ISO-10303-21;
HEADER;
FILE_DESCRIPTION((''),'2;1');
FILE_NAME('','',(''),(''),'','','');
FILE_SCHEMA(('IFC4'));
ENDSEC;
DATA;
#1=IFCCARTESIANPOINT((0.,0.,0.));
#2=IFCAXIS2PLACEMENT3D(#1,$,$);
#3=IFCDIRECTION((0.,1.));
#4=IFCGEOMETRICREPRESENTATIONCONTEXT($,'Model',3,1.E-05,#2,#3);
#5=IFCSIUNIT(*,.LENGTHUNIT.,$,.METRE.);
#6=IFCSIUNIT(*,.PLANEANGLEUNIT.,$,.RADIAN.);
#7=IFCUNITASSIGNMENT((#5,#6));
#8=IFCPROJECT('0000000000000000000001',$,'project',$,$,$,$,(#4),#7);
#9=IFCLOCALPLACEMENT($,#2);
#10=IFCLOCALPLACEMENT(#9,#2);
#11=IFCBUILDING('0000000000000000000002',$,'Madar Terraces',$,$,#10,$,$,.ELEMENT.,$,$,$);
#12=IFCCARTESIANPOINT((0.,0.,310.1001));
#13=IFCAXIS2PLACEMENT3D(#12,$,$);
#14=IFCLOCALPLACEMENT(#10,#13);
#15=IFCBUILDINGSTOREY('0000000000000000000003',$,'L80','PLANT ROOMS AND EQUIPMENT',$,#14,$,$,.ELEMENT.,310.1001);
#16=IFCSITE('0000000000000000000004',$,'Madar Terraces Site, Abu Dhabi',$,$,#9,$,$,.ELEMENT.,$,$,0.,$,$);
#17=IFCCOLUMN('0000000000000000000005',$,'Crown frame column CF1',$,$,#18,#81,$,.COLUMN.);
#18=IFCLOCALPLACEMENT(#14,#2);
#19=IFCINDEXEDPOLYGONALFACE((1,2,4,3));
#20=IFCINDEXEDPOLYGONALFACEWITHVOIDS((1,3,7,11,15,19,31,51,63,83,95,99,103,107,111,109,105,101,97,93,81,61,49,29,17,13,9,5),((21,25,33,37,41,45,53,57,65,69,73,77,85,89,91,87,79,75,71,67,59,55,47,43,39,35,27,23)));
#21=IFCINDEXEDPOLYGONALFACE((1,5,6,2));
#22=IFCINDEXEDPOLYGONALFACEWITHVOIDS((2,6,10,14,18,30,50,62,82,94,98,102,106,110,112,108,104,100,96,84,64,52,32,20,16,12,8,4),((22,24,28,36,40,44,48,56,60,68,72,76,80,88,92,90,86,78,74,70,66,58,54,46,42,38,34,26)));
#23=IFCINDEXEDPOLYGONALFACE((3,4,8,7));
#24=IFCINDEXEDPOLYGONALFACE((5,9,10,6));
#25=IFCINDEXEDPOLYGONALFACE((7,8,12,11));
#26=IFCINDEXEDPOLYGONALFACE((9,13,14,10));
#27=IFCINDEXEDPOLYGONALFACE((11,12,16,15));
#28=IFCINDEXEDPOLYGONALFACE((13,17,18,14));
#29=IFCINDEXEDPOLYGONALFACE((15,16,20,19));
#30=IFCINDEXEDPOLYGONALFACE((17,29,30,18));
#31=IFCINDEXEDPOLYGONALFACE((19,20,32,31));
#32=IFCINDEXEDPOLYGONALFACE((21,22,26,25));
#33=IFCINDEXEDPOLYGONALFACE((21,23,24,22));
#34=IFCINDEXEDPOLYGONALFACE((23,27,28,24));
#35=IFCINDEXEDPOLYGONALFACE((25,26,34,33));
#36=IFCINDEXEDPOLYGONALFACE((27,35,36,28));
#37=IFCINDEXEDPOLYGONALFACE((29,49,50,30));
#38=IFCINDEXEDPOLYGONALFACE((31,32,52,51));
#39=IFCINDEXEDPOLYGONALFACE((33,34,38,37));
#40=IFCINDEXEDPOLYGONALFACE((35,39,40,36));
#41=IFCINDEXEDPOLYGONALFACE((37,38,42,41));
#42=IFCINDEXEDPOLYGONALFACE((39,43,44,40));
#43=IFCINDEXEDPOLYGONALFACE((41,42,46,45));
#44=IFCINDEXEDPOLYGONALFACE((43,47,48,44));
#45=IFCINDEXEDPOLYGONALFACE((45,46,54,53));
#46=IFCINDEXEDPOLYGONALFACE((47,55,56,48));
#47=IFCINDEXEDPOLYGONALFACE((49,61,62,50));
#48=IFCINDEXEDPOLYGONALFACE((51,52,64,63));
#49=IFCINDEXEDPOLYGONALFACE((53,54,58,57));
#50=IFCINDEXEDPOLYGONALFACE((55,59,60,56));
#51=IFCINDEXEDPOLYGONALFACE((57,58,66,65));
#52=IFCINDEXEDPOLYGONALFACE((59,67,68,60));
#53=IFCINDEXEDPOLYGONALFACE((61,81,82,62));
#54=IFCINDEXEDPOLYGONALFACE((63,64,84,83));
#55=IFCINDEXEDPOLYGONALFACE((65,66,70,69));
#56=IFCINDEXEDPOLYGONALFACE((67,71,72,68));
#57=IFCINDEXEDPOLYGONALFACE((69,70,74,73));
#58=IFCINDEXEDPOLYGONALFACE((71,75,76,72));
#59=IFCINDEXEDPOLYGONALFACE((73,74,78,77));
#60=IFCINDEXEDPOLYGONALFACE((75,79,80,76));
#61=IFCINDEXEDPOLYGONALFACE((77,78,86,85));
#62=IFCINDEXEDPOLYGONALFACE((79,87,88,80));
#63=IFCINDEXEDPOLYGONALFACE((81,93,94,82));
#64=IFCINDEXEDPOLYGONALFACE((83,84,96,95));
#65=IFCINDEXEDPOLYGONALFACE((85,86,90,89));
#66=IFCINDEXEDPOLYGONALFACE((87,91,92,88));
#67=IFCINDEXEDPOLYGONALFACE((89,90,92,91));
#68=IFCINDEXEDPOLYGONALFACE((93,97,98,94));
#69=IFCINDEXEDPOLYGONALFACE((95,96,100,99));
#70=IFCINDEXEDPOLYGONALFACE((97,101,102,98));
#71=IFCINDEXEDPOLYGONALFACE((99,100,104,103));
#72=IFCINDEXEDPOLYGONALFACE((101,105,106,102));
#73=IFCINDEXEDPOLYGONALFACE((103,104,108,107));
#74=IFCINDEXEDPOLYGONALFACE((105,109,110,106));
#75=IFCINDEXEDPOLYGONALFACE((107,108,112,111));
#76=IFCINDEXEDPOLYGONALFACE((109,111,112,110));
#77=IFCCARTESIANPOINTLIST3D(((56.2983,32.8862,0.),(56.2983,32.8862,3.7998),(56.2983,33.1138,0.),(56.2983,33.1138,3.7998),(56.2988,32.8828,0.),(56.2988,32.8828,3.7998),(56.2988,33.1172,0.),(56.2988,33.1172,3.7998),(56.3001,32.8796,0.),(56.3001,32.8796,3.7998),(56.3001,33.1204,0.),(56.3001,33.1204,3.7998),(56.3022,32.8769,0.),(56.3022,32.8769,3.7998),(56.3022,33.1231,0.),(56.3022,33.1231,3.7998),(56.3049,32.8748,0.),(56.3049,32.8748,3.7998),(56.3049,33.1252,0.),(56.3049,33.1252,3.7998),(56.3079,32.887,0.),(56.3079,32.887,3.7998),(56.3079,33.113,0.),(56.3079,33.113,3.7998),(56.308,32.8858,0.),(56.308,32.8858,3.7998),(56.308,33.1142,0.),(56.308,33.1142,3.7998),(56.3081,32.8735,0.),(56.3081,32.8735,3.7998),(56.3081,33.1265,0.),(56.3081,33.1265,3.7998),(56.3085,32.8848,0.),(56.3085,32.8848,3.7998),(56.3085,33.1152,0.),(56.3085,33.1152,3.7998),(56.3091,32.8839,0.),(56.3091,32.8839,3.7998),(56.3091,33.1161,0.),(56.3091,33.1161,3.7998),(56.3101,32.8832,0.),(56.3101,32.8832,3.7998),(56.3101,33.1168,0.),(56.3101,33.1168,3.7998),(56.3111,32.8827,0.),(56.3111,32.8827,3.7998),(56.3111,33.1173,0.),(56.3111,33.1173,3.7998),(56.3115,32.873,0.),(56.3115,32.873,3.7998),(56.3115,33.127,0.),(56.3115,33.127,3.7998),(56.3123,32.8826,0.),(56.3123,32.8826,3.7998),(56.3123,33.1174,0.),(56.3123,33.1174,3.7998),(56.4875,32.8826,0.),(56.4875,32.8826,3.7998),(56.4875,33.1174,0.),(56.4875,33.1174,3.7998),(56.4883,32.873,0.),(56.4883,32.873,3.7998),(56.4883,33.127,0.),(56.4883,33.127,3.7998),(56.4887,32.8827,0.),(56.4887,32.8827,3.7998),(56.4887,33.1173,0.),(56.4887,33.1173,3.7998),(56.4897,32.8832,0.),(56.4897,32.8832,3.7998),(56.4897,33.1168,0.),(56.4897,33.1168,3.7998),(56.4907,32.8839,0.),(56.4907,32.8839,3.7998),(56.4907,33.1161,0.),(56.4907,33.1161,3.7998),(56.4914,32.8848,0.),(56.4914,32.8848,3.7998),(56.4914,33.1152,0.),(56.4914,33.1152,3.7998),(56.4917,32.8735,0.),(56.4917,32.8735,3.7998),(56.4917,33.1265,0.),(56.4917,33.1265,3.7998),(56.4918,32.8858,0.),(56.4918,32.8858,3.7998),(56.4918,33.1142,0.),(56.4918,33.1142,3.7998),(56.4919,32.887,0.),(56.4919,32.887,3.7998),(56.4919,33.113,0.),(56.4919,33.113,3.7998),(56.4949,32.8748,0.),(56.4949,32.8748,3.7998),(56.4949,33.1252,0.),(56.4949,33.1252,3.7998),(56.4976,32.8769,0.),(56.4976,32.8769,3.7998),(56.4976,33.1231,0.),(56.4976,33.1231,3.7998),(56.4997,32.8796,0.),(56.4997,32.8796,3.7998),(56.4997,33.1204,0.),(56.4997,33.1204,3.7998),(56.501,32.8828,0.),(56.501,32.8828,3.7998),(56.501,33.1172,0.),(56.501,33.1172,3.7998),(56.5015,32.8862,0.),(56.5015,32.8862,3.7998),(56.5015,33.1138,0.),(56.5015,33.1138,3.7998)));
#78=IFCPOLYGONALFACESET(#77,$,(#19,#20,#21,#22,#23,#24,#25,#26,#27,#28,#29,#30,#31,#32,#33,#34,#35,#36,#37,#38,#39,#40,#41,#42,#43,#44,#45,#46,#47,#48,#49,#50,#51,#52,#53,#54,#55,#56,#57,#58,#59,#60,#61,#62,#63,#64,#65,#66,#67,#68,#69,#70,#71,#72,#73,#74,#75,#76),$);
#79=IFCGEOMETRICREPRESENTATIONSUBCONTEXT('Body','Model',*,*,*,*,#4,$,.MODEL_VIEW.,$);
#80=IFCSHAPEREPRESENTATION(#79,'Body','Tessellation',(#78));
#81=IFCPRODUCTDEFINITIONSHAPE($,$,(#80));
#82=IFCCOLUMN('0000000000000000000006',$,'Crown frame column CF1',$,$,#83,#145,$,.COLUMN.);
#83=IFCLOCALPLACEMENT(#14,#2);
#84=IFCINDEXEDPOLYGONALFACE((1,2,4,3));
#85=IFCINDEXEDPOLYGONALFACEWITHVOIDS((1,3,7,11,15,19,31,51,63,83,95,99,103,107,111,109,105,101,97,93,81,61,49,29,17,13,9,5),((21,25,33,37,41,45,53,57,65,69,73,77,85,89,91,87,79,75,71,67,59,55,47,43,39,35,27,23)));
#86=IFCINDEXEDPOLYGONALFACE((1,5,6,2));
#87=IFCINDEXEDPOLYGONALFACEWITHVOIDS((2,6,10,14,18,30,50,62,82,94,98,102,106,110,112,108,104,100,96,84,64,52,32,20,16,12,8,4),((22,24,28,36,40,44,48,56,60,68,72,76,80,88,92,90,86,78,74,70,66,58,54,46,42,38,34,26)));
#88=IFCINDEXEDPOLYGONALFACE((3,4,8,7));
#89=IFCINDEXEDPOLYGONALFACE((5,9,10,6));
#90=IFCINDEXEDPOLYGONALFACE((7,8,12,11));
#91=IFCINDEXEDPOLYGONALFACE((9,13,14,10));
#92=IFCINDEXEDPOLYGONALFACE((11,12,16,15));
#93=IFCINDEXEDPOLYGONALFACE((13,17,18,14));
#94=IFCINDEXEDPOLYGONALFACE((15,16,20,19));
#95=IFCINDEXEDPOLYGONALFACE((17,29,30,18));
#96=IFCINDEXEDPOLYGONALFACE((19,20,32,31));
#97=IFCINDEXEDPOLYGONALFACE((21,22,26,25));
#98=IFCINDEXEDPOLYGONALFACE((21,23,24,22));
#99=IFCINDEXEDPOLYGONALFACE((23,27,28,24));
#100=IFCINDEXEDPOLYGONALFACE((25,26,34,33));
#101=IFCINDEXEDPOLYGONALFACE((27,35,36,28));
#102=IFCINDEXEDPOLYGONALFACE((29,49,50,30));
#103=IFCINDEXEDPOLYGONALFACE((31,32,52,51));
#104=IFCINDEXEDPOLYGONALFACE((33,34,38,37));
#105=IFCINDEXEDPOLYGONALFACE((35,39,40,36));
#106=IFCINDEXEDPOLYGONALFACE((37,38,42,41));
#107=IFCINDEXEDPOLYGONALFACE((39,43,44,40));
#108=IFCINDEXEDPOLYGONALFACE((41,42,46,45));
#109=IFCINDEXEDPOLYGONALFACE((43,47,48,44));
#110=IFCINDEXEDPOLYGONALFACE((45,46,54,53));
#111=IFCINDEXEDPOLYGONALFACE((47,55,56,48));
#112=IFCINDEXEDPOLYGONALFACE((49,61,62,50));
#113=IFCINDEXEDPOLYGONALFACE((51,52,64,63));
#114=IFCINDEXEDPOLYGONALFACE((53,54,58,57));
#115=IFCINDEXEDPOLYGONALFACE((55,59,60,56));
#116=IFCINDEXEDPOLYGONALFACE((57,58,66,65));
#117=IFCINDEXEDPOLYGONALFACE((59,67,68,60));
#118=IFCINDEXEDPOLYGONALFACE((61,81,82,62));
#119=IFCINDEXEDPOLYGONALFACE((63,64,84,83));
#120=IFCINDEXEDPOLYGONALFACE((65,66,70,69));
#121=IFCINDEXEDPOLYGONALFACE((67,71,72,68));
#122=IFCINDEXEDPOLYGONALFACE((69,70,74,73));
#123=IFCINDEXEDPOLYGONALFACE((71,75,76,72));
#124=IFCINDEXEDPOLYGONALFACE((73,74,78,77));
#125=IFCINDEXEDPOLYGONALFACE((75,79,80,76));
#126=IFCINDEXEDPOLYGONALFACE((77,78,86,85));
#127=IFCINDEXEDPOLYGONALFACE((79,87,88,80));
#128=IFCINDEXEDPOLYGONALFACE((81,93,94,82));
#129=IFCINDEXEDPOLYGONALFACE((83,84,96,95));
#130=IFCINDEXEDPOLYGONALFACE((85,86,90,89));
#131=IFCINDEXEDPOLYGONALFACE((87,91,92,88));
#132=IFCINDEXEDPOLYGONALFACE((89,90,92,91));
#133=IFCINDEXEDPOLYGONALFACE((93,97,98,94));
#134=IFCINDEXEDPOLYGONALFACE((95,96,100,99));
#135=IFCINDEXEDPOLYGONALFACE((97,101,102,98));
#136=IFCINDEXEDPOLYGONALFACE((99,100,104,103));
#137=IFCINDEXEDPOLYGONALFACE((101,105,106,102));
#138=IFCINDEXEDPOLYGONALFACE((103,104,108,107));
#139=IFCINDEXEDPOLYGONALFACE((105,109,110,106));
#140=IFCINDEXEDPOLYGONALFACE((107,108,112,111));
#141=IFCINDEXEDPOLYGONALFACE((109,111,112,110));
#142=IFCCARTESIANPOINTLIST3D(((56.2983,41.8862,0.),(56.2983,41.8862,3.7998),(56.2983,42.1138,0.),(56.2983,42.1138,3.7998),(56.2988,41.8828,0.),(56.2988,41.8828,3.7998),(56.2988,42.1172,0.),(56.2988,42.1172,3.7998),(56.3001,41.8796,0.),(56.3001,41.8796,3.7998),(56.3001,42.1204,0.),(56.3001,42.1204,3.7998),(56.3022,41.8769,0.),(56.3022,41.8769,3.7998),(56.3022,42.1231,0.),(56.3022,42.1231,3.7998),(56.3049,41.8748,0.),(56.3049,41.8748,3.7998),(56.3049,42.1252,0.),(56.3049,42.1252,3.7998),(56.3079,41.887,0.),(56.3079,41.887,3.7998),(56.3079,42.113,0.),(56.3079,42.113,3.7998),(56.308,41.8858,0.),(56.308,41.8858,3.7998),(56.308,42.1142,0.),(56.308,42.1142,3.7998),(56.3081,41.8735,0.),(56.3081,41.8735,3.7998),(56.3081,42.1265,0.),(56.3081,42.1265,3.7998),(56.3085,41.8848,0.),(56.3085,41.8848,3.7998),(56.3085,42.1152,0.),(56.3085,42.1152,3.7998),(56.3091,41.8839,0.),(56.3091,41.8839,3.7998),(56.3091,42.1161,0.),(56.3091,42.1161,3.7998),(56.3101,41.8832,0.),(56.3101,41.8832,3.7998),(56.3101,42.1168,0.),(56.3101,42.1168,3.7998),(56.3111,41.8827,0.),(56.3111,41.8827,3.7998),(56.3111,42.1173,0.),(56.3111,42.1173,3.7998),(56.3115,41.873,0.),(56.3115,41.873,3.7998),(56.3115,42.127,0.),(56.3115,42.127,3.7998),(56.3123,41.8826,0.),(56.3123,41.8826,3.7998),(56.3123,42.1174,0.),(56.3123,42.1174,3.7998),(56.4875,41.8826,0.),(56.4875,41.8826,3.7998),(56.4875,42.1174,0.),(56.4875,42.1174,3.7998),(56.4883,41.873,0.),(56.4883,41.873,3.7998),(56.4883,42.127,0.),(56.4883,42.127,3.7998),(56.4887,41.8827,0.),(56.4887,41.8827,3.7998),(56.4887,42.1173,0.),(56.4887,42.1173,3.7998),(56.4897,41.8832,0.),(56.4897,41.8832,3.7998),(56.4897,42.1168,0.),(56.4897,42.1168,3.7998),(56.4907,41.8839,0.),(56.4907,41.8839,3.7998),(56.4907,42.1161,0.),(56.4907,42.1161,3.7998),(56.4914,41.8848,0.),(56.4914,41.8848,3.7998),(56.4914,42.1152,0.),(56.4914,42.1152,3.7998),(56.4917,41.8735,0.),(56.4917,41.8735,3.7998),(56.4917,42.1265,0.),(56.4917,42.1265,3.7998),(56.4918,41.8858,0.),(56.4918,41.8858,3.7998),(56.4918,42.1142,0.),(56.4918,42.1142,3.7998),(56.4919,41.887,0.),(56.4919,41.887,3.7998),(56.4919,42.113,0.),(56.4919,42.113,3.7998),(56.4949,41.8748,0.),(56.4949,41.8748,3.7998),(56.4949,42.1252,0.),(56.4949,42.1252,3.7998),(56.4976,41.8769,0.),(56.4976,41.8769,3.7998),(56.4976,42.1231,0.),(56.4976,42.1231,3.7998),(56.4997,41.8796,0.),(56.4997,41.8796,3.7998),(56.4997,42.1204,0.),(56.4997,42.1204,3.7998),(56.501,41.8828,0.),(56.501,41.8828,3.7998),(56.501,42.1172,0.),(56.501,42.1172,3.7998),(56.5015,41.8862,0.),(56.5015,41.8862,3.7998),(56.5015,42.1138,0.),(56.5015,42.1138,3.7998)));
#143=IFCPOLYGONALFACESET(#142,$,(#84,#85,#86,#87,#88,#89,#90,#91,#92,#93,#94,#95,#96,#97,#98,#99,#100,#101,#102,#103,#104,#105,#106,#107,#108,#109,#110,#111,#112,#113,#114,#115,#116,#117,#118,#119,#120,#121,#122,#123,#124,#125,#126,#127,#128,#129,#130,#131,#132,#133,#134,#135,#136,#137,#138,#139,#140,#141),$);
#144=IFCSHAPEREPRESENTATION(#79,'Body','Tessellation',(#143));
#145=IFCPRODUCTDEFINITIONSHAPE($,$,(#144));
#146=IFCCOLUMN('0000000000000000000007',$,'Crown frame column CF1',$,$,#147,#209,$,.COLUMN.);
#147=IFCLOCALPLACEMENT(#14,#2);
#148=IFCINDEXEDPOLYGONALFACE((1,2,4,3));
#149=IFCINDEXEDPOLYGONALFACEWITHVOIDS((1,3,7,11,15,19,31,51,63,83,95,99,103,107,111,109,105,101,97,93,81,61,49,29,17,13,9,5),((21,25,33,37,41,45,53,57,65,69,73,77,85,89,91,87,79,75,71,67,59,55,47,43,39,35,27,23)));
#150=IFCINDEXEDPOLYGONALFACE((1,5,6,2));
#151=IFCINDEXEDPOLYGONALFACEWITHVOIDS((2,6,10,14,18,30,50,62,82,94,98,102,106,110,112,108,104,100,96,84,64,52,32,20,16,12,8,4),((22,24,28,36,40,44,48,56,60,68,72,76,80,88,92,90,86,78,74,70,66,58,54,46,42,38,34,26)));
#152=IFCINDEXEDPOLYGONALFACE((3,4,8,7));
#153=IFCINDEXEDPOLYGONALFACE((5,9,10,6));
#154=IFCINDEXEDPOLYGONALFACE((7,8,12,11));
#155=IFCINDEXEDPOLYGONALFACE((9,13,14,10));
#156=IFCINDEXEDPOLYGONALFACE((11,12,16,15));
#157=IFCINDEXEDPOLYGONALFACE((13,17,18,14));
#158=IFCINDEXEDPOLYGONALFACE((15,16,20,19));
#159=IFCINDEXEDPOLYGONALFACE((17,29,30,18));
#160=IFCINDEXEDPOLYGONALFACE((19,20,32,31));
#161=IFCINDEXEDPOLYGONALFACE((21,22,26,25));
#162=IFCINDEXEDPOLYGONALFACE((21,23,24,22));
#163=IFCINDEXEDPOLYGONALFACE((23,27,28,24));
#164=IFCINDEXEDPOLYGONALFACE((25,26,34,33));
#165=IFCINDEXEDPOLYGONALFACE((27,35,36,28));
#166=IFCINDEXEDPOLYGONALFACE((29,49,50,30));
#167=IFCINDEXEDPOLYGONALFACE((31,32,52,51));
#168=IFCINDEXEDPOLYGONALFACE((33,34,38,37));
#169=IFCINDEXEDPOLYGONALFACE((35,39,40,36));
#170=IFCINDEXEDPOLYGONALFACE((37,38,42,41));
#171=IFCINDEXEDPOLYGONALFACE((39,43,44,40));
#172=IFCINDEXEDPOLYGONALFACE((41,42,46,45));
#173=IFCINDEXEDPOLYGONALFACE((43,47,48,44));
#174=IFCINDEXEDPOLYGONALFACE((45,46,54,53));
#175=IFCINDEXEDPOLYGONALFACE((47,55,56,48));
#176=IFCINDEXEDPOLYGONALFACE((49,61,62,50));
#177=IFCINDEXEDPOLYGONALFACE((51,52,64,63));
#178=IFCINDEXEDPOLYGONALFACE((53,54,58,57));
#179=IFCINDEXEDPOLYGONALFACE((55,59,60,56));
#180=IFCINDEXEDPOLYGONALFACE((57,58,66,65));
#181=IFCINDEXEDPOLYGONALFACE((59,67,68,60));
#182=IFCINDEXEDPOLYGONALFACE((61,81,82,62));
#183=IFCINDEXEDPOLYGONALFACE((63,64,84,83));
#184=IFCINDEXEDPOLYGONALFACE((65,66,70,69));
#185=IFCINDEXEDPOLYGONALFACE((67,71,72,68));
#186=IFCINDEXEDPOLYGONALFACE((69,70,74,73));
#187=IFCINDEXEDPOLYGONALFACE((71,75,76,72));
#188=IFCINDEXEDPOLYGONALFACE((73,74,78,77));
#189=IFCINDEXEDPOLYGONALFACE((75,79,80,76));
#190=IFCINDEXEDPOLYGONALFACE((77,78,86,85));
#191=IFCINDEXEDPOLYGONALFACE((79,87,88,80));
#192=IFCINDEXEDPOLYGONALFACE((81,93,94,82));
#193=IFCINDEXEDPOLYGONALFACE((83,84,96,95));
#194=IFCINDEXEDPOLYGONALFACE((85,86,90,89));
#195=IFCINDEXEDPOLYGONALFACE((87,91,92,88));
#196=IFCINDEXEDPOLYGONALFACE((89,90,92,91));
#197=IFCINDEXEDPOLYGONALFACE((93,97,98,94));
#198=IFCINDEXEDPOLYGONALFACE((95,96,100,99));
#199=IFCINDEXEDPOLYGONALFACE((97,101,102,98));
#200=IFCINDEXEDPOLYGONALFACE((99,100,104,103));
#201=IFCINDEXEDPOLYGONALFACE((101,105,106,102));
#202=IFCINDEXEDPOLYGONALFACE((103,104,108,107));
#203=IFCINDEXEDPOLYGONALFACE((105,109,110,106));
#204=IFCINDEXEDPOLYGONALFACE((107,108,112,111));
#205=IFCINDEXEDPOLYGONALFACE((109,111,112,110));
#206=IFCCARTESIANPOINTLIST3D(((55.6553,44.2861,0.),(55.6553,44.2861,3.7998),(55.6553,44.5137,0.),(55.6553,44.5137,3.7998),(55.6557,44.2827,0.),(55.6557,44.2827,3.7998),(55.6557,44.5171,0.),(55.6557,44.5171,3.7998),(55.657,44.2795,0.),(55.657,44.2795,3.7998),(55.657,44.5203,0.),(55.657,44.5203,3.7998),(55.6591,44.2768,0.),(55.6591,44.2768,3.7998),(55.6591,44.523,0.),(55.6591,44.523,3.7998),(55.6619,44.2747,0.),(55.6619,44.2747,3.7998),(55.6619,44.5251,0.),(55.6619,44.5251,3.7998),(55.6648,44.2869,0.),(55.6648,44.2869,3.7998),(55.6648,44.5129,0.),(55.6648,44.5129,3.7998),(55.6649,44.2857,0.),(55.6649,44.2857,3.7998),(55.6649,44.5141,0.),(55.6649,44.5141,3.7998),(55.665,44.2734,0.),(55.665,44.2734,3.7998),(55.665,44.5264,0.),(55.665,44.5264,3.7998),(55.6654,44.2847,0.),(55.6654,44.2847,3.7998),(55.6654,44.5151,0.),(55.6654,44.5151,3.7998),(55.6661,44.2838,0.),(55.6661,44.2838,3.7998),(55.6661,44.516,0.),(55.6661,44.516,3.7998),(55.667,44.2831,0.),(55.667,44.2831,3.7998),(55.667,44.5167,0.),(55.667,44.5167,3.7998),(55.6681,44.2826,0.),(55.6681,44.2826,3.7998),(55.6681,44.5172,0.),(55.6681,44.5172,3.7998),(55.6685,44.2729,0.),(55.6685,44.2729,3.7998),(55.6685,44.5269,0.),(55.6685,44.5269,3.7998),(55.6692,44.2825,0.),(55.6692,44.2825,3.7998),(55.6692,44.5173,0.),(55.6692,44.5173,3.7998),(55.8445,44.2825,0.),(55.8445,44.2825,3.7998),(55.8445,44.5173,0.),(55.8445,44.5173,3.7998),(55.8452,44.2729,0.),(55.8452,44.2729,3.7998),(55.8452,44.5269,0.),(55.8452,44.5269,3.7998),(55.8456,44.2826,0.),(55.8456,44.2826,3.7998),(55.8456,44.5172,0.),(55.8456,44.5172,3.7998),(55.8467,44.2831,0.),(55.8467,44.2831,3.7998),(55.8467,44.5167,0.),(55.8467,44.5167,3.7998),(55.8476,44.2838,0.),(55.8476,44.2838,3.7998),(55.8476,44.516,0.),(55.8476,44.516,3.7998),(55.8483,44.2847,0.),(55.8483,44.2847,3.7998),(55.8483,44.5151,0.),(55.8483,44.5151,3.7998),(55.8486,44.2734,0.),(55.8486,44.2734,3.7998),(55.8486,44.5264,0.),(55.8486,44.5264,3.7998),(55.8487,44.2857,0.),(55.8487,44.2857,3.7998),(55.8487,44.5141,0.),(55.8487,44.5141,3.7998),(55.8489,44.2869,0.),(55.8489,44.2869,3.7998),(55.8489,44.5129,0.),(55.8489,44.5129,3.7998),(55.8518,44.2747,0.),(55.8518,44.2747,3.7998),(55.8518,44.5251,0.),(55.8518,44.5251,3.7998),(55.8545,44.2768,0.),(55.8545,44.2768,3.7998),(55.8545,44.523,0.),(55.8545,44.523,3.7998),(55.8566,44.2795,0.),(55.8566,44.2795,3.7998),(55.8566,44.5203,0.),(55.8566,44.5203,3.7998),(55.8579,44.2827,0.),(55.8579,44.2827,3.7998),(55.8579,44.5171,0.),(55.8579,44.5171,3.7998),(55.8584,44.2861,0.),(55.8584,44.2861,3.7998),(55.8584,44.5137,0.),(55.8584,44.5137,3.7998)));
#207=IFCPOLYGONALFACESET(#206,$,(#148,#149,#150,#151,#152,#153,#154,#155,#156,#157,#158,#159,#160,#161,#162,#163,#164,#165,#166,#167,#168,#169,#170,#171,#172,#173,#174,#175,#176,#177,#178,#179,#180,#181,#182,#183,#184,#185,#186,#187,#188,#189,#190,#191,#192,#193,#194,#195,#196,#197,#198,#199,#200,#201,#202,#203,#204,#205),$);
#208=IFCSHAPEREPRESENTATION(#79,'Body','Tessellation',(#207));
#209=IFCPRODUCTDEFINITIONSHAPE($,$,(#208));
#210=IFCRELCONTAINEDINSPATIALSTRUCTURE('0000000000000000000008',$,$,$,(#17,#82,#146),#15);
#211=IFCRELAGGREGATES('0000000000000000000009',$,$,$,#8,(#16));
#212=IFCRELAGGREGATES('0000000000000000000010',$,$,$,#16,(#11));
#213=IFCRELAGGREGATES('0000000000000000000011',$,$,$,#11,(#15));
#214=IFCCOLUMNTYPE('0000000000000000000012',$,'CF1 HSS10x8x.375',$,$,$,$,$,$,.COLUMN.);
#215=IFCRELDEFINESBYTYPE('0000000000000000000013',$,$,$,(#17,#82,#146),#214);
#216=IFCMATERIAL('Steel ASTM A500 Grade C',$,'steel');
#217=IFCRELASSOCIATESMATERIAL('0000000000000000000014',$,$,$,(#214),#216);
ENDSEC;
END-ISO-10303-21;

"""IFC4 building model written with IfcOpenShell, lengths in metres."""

from ifc_helpers import new_model, si_unit, direction, frame, origin, origin_2d, place, context, subcontext, project, spatial, hollow_rectangle, extrude, material, material_profile, profile_set, type_object, element, save


model = new_model("IFC4")

# Units and contexts
model_context = context("Model", 3, precision=1e-05, world=origin(), true_north=direction((0.0, 1.0)))
body_context = subcontext(model_context, "Body", "Model", "MODEL_VIEW")
ifc_project = project(units=[si_unit("LENGTHUNIT", "METRE"), si_unit("PLANEANGLEUNIT", "RADIAN")], contexts=[model_context])

# Site, building, storey
site_placement = place(None, origin())
site = spatial("IfcSite", under=ifc_project, at=site_placement, Name="Madar Terraces Site, Abu Dhabi", CompositionType="ELEMENT", RefElevation=0.0)
building_placement = place(site_placement, origin())
building = spatial("IfcBuilding", under=site, at=building_placement, Name="Madar Terraces", CompositionType="ELEMENT")
storey_placement = place(building_placement, frame((0.0, 0.0, 310.1001)))
storey = spatial("IfcBuildingStorey", under=building, at=storey_placement, Name="L80", Description="PLANT ROOMS AND EQUIPMENT", CompositionType="ELEMENT", Elevation=310.1001)

# Columns
ifc_material_1 = material(Name="Steel ASTM A500 Grade C", Category="steel")
ifc_material_profile_1 = material_profile(ifc_material_1, hollow_rectangle(XDim=0.2031, YDim=0.2539, WallThickness=0.0095, InnerFilletRadius=0.0044, OuterFilletRadius=0.0132, at=origin_2d()), Name="HSS10x8x.375")
ifc_profile_set_1 = profile_set([ifc_material_profile_1], Name="Steel ASTM A500 Grade C")
column_type = type_object("IfcColumnType", Name="CF1 HSS10x8x.375", PredefinedType="COLUMN", material=ifc_profile_set_1)
for number, where, z_axis, x_axis, name in (
    (1, (56.3999, 33.0, 0.0), (0.0, 0.0, 1.0), (1.0, 0.0, 0.0), "Crown frame column CF1"),
    (2, (56.3999, 42.0, 0.0), (0.0, 0.0, 1.0), (1.0, 0.0, 0.0), "Crown frame column CF1"),
    (3, (55.7568, 44.3999, 0.0), (0.0, 0.0, 1.0), (1.0, 0.0, 0.0), "Crown frame column CF1"),
):
    element("IfcColumn", number, at=place(storey_placement, frame(where, z_axis=z_axis, x_axis=x_axis)), inside=storey, type_object=column_type, Name=name, PredefinedType="COLUMN", context=body_context, shape_type="SweptSolid", body=[
        extrude(hollow_rectangle(XDim=0.2031, YDim=0.2539, WallThickness=0.0095, InnerFilletRadius=0.0044, OuterFilletRadius=0.0132, at=origin_2d()), origin(), (0.0, 0.0, 1.0), 3.7998),
    ])

save(model, "model.ifc")
